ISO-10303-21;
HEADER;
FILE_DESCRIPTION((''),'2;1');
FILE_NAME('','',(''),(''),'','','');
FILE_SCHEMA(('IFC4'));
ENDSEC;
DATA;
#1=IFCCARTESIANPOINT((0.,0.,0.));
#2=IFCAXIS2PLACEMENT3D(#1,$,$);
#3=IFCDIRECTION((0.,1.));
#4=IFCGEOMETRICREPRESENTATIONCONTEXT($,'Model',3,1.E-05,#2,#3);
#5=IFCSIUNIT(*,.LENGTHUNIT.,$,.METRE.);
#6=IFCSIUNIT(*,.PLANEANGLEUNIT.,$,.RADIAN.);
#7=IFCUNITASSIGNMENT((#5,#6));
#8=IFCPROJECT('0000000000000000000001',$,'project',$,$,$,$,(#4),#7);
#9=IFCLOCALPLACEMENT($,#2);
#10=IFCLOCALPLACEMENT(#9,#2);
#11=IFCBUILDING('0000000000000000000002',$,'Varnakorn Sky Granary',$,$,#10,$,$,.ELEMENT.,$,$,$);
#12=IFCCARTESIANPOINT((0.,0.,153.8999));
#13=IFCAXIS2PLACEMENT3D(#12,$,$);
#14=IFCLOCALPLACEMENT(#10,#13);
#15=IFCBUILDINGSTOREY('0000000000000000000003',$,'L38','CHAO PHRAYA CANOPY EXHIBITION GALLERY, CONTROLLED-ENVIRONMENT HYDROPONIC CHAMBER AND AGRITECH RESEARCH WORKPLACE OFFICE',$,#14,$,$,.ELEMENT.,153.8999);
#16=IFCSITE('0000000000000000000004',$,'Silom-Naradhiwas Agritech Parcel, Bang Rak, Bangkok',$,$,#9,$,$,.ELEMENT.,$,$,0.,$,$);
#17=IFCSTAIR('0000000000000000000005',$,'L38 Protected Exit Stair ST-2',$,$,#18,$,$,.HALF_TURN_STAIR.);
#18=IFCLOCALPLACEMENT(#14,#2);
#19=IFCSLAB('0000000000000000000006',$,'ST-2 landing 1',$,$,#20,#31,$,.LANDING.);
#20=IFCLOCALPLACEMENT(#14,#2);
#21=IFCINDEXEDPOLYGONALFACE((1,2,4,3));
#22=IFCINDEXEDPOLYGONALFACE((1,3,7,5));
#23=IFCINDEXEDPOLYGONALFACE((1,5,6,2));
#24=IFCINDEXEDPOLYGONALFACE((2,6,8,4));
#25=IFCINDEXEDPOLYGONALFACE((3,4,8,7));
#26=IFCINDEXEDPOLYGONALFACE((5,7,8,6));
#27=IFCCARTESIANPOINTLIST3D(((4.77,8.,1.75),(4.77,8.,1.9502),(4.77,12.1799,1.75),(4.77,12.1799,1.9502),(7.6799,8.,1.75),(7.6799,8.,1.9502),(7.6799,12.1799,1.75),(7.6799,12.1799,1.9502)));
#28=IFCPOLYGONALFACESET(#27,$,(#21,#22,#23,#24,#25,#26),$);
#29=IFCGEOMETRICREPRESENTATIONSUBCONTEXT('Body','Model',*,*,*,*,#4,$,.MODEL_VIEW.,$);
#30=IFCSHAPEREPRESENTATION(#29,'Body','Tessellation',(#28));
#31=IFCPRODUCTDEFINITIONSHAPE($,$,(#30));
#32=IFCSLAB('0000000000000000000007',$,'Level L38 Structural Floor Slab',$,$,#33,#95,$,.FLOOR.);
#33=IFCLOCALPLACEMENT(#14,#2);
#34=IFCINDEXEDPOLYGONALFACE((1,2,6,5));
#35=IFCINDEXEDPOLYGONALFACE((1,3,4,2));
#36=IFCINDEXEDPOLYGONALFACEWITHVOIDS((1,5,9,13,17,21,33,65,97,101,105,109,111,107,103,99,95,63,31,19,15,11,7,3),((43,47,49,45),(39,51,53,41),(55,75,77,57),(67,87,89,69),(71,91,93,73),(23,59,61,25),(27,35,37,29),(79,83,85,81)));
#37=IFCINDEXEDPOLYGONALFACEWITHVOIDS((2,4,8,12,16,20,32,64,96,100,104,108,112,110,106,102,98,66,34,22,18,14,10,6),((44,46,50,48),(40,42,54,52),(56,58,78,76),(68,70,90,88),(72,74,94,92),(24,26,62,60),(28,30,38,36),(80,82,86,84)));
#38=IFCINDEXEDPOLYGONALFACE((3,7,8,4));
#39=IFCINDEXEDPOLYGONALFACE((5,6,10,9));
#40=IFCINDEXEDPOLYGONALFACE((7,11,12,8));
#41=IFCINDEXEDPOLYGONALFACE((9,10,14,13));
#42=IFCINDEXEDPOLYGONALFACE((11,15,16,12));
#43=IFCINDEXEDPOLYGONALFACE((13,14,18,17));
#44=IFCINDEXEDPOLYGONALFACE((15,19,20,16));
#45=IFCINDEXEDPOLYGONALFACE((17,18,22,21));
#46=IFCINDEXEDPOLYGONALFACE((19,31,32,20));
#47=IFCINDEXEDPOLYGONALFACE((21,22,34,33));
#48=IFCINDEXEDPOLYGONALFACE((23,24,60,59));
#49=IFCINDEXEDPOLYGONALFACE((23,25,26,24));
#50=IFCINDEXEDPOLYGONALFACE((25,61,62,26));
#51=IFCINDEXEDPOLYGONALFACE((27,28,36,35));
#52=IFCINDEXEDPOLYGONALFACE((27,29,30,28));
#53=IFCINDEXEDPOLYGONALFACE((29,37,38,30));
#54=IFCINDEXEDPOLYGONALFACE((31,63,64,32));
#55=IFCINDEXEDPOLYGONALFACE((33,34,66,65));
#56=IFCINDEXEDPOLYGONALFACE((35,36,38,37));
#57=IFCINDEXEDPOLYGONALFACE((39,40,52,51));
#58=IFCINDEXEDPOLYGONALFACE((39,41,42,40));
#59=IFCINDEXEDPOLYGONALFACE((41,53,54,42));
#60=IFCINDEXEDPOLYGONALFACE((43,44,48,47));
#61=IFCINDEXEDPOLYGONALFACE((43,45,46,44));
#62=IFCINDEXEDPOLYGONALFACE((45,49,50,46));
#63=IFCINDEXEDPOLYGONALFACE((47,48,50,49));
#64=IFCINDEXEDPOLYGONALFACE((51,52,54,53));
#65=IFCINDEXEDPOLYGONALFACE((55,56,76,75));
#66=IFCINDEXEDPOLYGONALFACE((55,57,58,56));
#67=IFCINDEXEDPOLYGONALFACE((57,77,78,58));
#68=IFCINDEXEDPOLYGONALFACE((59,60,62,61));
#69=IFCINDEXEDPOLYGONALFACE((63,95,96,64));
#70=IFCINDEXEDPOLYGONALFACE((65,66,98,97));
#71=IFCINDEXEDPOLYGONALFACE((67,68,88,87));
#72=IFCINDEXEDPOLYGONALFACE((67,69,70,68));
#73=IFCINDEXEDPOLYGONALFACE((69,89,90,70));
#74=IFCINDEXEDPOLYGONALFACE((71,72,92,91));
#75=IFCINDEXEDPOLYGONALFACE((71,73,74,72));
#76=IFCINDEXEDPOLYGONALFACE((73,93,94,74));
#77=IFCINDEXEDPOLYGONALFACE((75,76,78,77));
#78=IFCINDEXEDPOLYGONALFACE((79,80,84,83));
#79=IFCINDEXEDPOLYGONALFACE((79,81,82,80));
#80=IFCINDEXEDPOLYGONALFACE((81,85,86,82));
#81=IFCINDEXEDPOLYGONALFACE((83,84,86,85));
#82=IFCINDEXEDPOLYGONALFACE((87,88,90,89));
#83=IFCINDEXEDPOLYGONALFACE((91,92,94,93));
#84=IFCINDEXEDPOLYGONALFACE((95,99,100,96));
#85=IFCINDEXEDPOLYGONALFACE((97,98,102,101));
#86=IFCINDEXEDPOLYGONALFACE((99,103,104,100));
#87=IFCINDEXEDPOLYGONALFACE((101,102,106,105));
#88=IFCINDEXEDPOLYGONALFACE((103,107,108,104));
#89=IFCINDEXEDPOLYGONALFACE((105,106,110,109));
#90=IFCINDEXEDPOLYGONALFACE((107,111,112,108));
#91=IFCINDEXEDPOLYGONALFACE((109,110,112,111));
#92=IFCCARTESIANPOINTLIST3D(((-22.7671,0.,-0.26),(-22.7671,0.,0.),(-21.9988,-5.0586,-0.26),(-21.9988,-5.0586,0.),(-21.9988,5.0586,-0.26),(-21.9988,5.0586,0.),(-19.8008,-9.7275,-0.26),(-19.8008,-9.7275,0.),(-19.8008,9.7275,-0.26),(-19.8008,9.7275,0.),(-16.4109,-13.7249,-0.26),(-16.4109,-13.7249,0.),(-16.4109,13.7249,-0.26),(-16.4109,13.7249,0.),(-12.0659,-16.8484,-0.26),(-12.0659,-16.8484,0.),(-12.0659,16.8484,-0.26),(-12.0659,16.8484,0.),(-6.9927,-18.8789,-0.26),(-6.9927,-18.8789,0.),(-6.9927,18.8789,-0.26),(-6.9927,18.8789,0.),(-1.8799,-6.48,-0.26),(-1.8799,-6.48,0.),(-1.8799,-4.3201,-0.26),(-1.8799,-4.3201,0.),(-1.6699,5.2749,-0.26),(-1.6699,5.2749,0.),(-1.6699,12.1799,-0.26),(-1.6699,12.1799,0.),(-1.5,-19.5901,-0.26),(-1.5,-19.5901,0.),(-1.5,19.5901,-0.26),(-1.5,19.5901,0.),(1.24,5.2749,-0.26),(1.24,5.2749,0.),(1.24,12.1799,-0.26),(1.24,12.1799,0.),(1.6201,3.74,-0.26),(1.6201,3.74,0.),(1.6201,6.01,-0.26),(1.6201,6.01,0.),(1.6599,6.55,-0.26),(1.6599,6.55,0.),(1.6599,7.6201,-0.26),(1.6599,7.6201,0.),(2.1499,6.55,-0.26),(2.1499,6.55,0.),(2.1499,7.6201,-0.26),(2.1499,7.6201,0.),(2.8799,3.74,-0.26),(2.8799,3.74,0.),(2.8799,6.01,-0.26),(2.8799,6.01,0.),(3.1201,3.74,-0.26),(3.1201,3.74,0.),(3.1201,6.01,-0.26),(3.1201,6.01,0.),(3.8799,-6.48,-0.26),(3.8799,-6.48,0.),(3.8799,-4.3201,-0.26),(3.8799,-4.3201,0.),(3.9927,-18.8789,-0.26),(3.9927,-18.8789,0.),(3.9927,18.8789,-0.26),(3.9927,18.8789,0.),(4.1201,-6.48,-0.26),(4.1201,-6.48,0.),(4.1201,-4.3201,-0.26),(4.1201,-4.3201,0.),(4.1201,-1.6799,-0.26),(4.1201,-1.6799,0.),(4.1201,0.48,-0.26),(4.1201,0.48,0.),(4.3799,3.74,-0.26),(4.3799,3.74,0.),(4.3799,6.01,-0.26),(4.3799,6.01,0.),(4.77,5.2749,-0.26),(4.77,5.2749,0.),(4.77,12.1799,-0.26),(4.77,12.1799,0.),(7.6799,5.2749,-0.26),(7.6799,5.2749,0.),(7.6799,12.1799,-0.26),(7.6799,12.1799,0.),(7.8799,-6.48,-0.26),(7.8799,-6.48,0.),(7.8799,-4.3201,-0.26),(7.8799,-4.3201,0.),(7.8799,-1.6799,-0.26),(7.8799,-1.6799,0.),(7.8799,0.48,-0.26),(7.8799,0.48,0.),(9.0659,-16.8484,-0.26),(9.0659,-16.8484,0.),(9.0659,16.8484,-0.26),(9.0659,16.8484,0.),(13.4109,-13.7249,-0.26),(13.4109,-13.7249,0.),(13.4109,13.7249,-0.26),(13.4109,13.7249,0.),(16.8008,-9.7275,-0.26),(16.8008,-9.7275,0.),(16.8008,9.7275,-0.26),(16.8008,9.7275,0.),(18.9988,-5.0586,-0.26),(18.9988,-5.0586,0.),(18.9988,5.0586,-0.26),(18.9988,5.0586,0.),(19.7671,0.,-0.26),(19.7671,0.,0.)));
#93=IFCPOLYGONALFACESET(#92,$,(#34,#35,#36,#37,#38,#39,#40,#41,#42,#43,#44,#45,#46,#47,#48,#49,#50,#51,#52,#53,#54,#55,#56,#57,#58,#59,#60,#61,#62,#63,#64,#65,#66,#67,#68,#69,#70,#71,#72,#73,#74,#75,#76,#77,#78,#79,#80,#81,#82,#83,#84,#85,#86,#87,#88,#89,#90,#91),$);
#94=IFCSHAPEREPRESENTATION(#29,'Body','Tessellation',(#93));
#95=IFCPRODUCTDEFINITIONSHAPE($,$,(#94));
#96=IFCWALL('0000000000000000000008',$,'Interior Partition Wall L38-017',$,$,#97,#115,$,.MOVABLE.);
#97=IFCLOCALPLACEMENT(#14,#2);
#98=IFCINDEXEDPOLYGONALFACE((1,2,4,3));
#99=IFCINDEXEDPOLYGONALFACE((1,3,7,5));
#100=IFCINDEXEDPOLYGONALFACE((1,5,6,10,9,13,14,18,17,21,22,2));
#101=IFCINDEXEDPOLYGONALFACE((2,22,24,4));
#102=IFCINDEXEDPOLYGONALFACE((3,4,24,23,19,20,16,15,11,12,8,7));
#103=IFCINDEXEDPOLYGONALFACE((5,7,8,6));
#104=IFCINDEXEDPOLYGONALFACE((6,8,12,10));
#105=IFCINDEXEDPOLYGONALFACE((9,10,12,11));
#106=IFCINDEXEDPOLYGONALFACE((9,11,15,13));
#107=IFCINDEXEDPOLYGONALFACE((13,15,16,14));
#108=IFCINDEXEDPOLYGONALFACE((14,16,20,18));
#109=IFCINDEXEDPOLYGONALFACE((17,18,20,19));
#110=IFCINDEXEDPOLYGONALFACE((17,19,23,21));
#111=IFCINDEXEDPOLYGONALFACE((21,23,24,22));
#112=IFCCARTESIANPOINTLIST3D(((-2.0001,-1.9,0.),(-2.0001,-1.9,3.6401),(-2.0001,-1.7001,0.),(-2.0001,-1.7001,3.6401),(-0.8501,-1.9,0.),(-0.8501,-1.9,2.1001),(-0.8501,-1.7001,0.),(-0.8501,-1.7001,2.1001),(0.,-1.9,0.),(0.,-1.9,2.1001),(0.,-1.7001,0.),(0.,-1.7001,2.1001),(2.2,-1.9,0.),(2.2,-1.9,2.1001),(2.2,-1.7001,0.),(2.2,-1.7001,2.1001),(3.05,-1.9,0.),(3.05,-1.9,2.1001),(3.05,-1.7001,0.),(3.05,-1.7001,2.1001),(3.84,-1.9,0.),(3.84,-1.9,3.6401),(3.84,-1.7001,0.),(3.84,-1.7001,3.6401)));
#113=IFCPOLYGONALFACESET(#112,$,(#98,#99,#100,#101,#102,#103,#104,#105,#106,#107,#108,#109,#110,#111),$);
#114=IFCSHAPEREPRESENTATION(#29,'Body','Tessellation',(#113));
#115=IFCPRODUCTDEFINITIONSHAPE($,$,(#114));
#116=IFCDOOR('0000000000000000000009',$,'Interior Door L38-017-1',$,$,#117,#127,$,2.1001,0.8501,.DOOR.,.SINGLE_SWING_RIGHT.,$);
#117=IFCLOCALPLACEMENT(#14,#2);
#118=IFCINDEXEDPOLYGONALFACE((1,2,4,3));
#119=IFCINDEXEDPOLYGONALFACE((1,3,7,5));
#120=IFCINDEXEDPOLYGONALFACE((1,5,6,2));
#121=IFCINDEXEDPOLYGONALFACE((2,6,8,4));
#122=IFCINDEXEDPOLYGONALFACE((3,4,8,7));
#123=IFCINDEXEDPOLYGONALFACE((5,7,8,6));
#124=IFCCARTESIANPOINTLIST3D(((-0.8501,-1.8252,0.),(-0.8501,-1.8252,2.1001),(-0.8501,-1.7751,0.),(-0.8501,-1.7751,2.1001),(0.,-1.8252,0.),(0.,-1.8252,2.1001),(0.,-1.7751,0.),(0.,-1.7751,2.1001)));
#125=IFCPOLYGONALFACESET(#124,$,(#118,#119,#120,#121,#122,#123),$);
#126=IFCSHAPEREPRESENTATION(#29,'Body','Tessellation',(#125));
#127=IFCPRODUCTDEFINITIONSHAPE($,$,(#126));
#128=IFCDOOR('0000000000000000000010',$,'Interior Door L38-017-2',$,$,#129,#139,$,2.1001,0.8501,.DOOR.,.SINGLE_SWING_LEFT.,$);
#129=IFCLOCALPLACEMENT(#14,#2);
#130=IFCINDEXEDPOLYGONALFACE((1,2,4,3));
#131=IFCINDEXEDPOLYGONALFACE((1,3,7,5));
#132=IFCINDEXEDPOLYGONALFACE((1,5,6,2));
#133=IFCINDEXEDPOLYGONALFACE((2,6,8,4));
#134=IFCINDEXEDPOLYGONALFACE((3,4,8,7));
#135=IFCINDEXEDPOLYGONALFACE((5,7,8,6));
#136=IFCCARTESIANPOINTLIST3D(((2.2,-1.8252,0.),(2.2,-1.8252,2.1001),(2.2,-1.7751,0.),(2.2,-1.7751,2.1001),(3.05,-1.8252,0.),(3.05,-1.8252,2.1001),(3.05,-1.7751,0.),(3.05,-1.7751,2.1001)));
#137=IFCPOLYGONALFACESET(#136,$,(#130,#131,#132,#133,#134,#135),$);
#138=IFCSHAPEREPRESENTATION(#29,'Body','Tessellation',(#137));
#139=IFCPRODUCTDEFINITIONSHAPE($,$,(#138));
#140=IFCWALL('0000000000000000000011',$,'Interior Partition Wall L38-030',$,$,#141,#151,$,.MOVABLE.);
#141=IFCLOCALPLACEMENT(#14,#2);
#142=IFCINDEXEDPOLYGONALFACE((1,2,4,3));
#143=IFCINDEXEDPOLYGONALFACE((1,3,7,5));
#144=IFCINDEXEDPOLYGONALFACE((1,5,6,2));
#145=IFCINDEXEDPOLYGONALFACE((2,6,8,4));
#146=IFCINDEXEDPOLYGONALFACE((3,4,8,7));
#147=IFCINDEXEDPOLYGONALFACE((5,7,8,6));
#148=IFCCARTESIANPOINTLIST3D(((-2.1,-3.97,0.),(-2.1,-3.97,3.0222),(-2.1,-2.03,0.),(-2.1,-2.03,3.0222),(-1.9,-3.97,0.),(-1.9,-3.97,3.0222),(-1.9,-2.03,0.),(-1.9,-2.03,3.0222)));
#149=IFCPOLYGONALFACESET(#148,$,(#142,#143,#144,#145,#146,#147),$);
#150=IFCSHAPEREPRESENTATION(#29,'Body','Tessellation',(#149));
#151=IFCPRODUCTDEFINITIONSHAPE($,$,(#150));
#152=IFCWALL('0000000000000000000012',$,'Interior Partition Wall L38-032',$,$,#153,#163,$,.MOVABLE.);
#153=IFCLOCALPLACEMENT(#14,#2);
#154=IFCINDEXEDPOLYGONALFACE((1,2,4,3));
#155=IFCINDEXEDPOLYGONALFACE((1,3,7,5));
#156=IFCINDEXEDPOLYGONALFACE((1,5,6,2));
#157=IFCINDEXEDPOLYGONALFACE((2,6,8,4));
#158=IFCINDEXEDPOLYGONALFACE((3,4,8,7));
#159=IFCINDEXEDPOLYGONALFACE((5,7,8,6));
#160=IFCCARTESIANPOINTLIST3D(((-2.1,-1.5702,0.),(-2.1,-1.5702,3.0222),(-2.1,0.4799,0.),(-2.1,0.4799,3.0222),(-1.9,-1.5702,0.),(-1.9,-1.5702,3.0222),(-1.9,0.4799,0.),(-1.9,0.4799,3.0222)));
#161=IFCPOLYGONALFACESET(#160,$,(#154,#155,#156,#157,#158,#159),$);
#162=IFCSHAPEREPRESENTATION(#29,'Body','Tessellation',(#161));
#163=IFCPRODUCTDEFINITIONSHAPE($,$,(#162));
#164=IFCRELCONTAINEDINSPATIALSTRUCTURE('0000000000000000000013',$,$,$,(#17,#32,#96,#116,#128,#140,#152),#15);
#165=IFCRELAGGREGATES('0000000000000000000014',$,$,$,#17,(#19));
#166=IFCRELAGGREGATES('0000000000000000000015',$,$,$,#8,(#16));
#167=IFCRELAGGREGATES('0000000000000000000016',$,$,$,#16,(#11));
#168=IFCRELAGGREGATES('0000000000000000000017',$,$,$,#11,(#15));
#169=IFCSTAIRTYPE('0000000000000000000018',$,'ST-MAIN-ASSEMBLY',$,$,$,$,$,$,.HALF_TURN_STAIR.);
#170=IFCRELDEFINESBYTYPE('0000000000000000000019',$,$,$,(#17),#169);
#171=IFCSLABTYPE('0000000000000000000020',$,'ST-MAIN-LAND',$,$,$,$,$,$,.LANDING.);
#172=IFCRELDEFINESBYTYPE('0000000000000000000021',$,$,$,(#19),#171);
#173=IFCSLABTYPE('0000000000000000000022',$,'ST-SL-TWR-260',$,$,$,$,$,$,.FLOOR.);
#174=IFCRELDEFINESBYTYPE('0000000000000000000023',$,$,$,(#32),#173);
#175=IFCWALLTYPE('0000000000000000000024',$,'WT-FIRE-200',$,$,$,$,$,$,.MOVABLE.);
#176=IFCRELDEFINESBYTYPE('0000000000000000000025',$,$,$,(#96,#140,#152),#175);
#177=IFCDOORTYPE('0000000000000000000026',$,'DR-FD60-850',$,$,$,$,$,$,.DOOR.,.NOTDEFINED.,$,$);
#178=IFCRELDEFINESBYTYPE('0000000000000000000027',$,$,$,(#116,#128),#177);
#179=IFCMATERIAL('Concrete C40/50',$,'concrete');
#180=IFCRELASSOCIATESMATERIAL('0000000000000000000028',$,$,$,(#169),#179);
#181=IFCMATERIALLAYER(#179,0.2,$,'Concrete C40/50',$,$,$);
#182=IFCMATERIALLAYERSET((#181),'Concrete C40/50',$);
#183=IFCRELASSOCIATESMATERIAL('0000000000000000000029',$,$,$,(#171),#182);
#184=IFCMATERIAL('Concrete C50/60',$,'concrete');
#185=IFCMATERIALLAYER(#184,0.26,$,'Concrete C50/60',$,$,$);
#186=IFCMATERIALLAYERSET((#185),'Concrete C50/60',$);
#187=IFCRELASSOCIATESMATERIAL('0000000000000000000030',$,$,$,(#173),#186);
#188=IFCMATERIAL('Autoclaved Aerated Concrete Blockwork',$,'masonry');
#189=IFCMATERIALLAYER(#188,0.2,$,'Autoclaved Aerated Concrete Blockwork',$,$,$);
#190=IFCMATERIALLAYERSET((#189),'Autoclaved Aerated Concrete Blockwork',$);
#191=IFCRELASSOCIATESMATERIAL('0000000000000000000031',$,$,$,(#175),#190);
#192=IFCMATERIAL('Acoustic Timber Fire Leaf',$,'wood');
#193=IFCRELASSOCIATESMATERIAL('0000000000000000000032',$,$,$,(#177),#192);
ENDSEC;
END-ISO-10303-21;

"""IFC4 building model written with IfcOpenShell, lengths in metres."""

from ifc_helpers import new_model, si_unit, direction, frame, frame_2d, origin, place, context, subcontext, project, spatial, polyline, rectangle, outline, extrude, material, layer, layer_set, type_object, element, fill, aggregate, save


model = new_model("IFC4")

# Units and contexts
model_context = context("Model", 3, precision=1e-05, world=origin(), true_north=direction((0.0, 1.0)))
body_context = subcontext(model_context, "Body", "Model", "MODEL_VIEW")
ifc_project = project(units=[si_unit("LENGTHUNIT", "METRE"), si_unit("PLANEANGLEUNIT", "RADIAN")], contexts=[model_context])

# Site, building, storey
site_placement = place(None, origin())
site = spatial("IfcSite", under=ifc_project, at=site_placement, Name="Silom-Naradhiwas Agritech Parcel, Bang Rak, Bangkok", CompositionType="ELEMENT", RefElevation=0.0)
building_placement = place(site_placement, origin())
building = spatial("IfcBuilding", under=site, at=building_placement, Name="Varnakorn Sky Granary", CompositionType="ELEMENT")
storey_placement = place(building_placement, frame((0.0, 0.0, 153.8999)))
storey = spatial("IfcBuildingStorey", under=building, at=storey_placement, Name="L38", Description="CHAO PHRAYA CANOPY EXHIBITION GALLERY, CONTROLLED-ENVIRONMENT HYDROPONIC CHAMBER AND AGRITECH RESEARCH WORKPLACE OFFICE", CompositionType="ELEMENT", Elevation=153.8999)

# Shared definitions
ifc_material_1 = material(Name="Concrete C50/60", Category="concrete")

# Stair, slab
ifc_material_2 = material(Name="Concrete C40/50", Category="concrete")
stair_type = type_object("IfcStairType", Name="ST-MAIN-ASSEMBLY", PredefinedType="HALF_TURN_STAIR", material=ifc_material_2)
ifc_layer_1 = layer(ifc_material_2, 0.2, Name="Concrete C40/50")
ifc_layer_set_1 = layer_set([ifc_layer_1], Name="Concrete C40/50")
slab_type_1 = type_object("IfcSlabType", Name="ST-MAIN-LAND", PredefinedType="LANDING", material=ifc_layer_set_1)
stair_1_placement = place(storey_placement, origin())
stair_1 = element("IfcStair", 1, at=stair_1_placement, inside=storey, type_object=stair_type, Name="L38 Protected Exit Stair ST-2", PredefinedType="HALF_TURN_STAIR")
slab_1_placement = place(storey_placement, frame((0.0, 0.0, 1.75)))
slab_1 = element("IfcSlab", 2, at=slab_1_placement, type_object=slab_type_1, Name="ST-2 landing 1", PredefinedType="LANDING", context=body_context, shape_type="SweptSolid", body=[
    extrude(outline(polyline([(7.6799, 8.0), (7.6799, 12.1799), (4.77, 12.1799), (4.77, 8.0), (7.6799, 8.0)])), origin(), (0.0, 0.0, 1.0), 0.2002),
])
aggregate(stair_1, [slab_1])

# Slab
ifc_layer_2 = layer(ifc_material_1, 0.26, Name="Concrete C50/60")
ifc_layer_set_2 = layer_set([ifc_layer_2], Name="Concrete C50/60")
slab_type_2 = type_object("IfcSlabType", Name="ST-SL-TWR-260", PredefinedType="FLOOR", material=ifc_layer_set_2)
slab_2_placement = place(storey_placement, frame((0.0, 0.0, -0.26)))
element("IfcSlab", 3, at=slab_2_placement, inside=storey, type_object=slab_type_2, Name="Level L38 Structural Floor Slab", PredefinedType="FLOOR", context=body_context, shape_type="SweptSolid", body=[
    extrude(outline(polyline([(19.7671, 0.0), (18.9988, 5.0586), (16.8008, 9.7275), (13.4109, 13.7249), (9.0659, 16.8484), (3.9927, 18.8789), (-1.5, 19.5901), (-6.9927, 18.8789), (-12.0659, 16.8484), (-16.4109, 13.7249), (-19.8008, 9.7275), (-21.9988, 5.0586), (-22.7671, 0.0), (-21.9988, -5.0586), (-19.8008, -9.7275), (-16.4109, -13.7249), (-12.0659, -16.8484), (-6.9927, -18.8789), (-1.5, -19.5901), (3.9927, -18.8789), (9.0659, -16.8484), (13.4109, -13.7249), (16.8008, -9.7275), (18.9988, -5.0586), (19.7671, 0.0)]), holes=[polyline([(1.24, 5.2749), (1.24, 12.1799), (-1.6699, 12.1799), (-1.6699, 5.2749), (1.24, 5.2749)]), polyline([(7.6799, 5.2749), (7.6799, 12.1799), (4.77, 12.1799), (4.77, 5.2749), (7.6799, 5.2749)]), polyline([(1.6599, 6.55), (2.1499, 6.55), (2.1499, 7.6201), (1.6599, 7.6201), (1.6599, 6.55)]), polyline([(1.6201, 3.74), (2.8799, 3.74), (2.8799, 6.01), (1.6201, 6.01), (1.6201, 3.74)]), polyline([(3.1201, 3.74), (4.3799, 3.74), (4.3799, 6.01), (3.1201, 6.01), (3.1201, 3.74)]), polyline([(4.1201, -1.6799), (7.8799, -1.6799), (7.8799, 0.48), (4.1201, 0.48), (4.1201, -1.6799)]), polyline([(-1.8799, -6.48), (3.8799, -6.48), (3.8799, -4.3201), (-1.8799, -4.3201), (-1.8799, -6.48)]), polyline([(4.1201, -6.48), (7.8799, -6.48), (7.8799, -4.3201), (4.1201, -4.3201), (4.1201, -6.48)])]), origin(), (0.0, 0.0, 1.0), 0.26),
])

# Wall, openings, doors
ifc_material_3 = material(Name="Autoclaved Aerated Concrete Blockwork", Category="masonry")
ifc_layer_3 = layer(ifc_material_3, 0.2, Name="Autoclaved Aerated Concrete Blockwork")
ifc_layer_set_3 = layer_set([ifc_layer_3], Name="Autoclaved Aerated Concrete Blockwork")
wall_type_1 = type_object("IfcWallType", Name="WT-FIRE-200", PredefinedType="MOVABLE", material=ifc_layer_set_3)
wall_1_placement = place(storey_placement, frame((-2.0, -1.8, 0.0), z_axis=(0.0, 0.0, 1.0), x_axis=(1.0, 0.0, 0.0)))
wall_1 = element("IfcWall", 4, at=wall_1_placement, inside=storey, type_object=wall_type_1, Name="Interior Partition Wall L38-017", PredefinedType="MOVABLE", context=body_context, shape_type="SweptSolid", body=[
    extrude(rectangle(XDim=5.8401, YDim=0.2, at=frame_2d((2.9199, 0.0))), origin(), (0.0, 0.0, 1.0), 3.6401),
])
opening_1_placement = place(wall_1_placement, frame((1.1499, 0.0, 0.0)))
opening_1 = element("IfcOpeningElement", 5, at=opening_1_placement, cuts=wall_1, PredefinedType="OPENING", context=body_context, shape_type="SweptSolid", body=[
    extrude(rectangle(XDim=0.8501, YDim=2.1001, at=frame_2d((0.425, 1.05))), frame((0.0, 0.1099, 0.0), z_axis=(0.0, -1.0, 0.0), x_axis=(1.0, 0.0, 0.0)), (0.0, 0.0, 1.0), 0.22),
])
opening_2_placement = place(wall_1_placement, frame((4.2, 0.0, 0.0)))
opening_2 = element("IfcOpeningElement", 6, at=opening_2_placement, cuts=wall_1, PredefinedType="OPENING", context=body_context, shape_type="SweptSolid", body=[
    extrude(rectangle(XDim=0.8501, YDim=2.1001, at=frame_2d((0.425, 1.05))), frame((0.0, 0.1099, 0.0), z_axis=(0.0, -1.0, 0.0), x_axis=(1.0, 0.0, 0.0)), (0.0, 0.0, 1.0), 0.22),
])
ifc_material_4 = material(Name="Acoustic Timber Fire Leaf", Category="wood")
door_type_1 = type_object("IfcDoorType", Name="DR-FD60-850", OperationType="NOTDEFINED", PredefinedType="DOOR", material=ifc_material_4)
door_1_placement = place(opening_1_placement, origin())
door_1 = element("IfcDoor", 7, at=door_1_placement, inside=storey, type_object=door_type_1, Name="Interior Door L38-017-1", OperationType="SINGLE_SWING_RIGHT", OverallHeight=2.1001, OverallWidth=0.8501, PredefinedType="DOOR", context=body_context, shape_type="SweptSolid", body=[
    extrude(rectangle(XDim=0.8501, YDim=2.1001, at=frame_2d((0.425, 1.05))), frame((0.0, 0.0249, 0.0), z_axis=(0.0, -1.0, 0.0), x_axis=(1.0, 0.0, 0.0)), (0.0, 0.0, 1.0), 0.05),
])
fill(opening_1, door_1)
door_2_placement = place(opening_2_placement, origin())
door_2 = element("IfcDoor", 8, at=door_2_placement, inside=storey, type_object=door_type_1, Name="Interior Door L38-017-2", OperationType="SINGLE_SWING_LEFT", OverallHeight=2.1001, OverallWidth=0.8501, PredefinedType="DOOR", context=body_context, shape_type="SweptSolid", body=[
    extrude(rectangle(XDim=0.8501, YDim=2.1001, at=frame_2d((0.425, 1.05))), frame((0.0, 0.0249, 0.0), z_axis=(0.0, -1.0, 0.0), x_axis=(1.0, 0.0, 0.0)), (0.0, 0.0, 1.0), 0.05),
])
fill(opening_2, door_2)

# Walls
wall_2_placement = place(storey_placement, frame((-2.0, -3.97, 0.0), z_axis=(0.0, 0.0, 1.0), x_axis=(0.0, 1.0, 0.0)))
element("IfcWall", 9, at=wall_2_placement, inside=storey, type_object=wall_type_1, Name="Interior Partition Wall L38-030", PredefinedType="MOVABLE", context=body_context, shape_type="SweptSolid", body=[
    extrude(rectangle(XDim=1.9399, YDim=0.2, at=frame_2d((0.97, 0.0))), origin(), (0.0, 0.0, 1.0), 3.0222),
])
wall_3_placement = place(storey_placement, frame((-2.0, -1.5701, 0.0), z_axis=(0.0, 0.0, 1.0), x_axis=(0.0, 1.0, 0.0)))
element("IfcWall", 10, at=wall_3_placement, inside=storey, type_object=wall_type_1, Name="Interior Partition Wall L38-032", PredefinedType="MOVABLE", context=body_context, shape_type="SweptSolid", body=[
    extrude(rectangle(XDim=2.05, YDim=0.2, at=frame_2d((1.0249, 0.0))), origin(), (0.0, 0.0, 1.0), 3.0222),
])

save(model, "model.ifc")
